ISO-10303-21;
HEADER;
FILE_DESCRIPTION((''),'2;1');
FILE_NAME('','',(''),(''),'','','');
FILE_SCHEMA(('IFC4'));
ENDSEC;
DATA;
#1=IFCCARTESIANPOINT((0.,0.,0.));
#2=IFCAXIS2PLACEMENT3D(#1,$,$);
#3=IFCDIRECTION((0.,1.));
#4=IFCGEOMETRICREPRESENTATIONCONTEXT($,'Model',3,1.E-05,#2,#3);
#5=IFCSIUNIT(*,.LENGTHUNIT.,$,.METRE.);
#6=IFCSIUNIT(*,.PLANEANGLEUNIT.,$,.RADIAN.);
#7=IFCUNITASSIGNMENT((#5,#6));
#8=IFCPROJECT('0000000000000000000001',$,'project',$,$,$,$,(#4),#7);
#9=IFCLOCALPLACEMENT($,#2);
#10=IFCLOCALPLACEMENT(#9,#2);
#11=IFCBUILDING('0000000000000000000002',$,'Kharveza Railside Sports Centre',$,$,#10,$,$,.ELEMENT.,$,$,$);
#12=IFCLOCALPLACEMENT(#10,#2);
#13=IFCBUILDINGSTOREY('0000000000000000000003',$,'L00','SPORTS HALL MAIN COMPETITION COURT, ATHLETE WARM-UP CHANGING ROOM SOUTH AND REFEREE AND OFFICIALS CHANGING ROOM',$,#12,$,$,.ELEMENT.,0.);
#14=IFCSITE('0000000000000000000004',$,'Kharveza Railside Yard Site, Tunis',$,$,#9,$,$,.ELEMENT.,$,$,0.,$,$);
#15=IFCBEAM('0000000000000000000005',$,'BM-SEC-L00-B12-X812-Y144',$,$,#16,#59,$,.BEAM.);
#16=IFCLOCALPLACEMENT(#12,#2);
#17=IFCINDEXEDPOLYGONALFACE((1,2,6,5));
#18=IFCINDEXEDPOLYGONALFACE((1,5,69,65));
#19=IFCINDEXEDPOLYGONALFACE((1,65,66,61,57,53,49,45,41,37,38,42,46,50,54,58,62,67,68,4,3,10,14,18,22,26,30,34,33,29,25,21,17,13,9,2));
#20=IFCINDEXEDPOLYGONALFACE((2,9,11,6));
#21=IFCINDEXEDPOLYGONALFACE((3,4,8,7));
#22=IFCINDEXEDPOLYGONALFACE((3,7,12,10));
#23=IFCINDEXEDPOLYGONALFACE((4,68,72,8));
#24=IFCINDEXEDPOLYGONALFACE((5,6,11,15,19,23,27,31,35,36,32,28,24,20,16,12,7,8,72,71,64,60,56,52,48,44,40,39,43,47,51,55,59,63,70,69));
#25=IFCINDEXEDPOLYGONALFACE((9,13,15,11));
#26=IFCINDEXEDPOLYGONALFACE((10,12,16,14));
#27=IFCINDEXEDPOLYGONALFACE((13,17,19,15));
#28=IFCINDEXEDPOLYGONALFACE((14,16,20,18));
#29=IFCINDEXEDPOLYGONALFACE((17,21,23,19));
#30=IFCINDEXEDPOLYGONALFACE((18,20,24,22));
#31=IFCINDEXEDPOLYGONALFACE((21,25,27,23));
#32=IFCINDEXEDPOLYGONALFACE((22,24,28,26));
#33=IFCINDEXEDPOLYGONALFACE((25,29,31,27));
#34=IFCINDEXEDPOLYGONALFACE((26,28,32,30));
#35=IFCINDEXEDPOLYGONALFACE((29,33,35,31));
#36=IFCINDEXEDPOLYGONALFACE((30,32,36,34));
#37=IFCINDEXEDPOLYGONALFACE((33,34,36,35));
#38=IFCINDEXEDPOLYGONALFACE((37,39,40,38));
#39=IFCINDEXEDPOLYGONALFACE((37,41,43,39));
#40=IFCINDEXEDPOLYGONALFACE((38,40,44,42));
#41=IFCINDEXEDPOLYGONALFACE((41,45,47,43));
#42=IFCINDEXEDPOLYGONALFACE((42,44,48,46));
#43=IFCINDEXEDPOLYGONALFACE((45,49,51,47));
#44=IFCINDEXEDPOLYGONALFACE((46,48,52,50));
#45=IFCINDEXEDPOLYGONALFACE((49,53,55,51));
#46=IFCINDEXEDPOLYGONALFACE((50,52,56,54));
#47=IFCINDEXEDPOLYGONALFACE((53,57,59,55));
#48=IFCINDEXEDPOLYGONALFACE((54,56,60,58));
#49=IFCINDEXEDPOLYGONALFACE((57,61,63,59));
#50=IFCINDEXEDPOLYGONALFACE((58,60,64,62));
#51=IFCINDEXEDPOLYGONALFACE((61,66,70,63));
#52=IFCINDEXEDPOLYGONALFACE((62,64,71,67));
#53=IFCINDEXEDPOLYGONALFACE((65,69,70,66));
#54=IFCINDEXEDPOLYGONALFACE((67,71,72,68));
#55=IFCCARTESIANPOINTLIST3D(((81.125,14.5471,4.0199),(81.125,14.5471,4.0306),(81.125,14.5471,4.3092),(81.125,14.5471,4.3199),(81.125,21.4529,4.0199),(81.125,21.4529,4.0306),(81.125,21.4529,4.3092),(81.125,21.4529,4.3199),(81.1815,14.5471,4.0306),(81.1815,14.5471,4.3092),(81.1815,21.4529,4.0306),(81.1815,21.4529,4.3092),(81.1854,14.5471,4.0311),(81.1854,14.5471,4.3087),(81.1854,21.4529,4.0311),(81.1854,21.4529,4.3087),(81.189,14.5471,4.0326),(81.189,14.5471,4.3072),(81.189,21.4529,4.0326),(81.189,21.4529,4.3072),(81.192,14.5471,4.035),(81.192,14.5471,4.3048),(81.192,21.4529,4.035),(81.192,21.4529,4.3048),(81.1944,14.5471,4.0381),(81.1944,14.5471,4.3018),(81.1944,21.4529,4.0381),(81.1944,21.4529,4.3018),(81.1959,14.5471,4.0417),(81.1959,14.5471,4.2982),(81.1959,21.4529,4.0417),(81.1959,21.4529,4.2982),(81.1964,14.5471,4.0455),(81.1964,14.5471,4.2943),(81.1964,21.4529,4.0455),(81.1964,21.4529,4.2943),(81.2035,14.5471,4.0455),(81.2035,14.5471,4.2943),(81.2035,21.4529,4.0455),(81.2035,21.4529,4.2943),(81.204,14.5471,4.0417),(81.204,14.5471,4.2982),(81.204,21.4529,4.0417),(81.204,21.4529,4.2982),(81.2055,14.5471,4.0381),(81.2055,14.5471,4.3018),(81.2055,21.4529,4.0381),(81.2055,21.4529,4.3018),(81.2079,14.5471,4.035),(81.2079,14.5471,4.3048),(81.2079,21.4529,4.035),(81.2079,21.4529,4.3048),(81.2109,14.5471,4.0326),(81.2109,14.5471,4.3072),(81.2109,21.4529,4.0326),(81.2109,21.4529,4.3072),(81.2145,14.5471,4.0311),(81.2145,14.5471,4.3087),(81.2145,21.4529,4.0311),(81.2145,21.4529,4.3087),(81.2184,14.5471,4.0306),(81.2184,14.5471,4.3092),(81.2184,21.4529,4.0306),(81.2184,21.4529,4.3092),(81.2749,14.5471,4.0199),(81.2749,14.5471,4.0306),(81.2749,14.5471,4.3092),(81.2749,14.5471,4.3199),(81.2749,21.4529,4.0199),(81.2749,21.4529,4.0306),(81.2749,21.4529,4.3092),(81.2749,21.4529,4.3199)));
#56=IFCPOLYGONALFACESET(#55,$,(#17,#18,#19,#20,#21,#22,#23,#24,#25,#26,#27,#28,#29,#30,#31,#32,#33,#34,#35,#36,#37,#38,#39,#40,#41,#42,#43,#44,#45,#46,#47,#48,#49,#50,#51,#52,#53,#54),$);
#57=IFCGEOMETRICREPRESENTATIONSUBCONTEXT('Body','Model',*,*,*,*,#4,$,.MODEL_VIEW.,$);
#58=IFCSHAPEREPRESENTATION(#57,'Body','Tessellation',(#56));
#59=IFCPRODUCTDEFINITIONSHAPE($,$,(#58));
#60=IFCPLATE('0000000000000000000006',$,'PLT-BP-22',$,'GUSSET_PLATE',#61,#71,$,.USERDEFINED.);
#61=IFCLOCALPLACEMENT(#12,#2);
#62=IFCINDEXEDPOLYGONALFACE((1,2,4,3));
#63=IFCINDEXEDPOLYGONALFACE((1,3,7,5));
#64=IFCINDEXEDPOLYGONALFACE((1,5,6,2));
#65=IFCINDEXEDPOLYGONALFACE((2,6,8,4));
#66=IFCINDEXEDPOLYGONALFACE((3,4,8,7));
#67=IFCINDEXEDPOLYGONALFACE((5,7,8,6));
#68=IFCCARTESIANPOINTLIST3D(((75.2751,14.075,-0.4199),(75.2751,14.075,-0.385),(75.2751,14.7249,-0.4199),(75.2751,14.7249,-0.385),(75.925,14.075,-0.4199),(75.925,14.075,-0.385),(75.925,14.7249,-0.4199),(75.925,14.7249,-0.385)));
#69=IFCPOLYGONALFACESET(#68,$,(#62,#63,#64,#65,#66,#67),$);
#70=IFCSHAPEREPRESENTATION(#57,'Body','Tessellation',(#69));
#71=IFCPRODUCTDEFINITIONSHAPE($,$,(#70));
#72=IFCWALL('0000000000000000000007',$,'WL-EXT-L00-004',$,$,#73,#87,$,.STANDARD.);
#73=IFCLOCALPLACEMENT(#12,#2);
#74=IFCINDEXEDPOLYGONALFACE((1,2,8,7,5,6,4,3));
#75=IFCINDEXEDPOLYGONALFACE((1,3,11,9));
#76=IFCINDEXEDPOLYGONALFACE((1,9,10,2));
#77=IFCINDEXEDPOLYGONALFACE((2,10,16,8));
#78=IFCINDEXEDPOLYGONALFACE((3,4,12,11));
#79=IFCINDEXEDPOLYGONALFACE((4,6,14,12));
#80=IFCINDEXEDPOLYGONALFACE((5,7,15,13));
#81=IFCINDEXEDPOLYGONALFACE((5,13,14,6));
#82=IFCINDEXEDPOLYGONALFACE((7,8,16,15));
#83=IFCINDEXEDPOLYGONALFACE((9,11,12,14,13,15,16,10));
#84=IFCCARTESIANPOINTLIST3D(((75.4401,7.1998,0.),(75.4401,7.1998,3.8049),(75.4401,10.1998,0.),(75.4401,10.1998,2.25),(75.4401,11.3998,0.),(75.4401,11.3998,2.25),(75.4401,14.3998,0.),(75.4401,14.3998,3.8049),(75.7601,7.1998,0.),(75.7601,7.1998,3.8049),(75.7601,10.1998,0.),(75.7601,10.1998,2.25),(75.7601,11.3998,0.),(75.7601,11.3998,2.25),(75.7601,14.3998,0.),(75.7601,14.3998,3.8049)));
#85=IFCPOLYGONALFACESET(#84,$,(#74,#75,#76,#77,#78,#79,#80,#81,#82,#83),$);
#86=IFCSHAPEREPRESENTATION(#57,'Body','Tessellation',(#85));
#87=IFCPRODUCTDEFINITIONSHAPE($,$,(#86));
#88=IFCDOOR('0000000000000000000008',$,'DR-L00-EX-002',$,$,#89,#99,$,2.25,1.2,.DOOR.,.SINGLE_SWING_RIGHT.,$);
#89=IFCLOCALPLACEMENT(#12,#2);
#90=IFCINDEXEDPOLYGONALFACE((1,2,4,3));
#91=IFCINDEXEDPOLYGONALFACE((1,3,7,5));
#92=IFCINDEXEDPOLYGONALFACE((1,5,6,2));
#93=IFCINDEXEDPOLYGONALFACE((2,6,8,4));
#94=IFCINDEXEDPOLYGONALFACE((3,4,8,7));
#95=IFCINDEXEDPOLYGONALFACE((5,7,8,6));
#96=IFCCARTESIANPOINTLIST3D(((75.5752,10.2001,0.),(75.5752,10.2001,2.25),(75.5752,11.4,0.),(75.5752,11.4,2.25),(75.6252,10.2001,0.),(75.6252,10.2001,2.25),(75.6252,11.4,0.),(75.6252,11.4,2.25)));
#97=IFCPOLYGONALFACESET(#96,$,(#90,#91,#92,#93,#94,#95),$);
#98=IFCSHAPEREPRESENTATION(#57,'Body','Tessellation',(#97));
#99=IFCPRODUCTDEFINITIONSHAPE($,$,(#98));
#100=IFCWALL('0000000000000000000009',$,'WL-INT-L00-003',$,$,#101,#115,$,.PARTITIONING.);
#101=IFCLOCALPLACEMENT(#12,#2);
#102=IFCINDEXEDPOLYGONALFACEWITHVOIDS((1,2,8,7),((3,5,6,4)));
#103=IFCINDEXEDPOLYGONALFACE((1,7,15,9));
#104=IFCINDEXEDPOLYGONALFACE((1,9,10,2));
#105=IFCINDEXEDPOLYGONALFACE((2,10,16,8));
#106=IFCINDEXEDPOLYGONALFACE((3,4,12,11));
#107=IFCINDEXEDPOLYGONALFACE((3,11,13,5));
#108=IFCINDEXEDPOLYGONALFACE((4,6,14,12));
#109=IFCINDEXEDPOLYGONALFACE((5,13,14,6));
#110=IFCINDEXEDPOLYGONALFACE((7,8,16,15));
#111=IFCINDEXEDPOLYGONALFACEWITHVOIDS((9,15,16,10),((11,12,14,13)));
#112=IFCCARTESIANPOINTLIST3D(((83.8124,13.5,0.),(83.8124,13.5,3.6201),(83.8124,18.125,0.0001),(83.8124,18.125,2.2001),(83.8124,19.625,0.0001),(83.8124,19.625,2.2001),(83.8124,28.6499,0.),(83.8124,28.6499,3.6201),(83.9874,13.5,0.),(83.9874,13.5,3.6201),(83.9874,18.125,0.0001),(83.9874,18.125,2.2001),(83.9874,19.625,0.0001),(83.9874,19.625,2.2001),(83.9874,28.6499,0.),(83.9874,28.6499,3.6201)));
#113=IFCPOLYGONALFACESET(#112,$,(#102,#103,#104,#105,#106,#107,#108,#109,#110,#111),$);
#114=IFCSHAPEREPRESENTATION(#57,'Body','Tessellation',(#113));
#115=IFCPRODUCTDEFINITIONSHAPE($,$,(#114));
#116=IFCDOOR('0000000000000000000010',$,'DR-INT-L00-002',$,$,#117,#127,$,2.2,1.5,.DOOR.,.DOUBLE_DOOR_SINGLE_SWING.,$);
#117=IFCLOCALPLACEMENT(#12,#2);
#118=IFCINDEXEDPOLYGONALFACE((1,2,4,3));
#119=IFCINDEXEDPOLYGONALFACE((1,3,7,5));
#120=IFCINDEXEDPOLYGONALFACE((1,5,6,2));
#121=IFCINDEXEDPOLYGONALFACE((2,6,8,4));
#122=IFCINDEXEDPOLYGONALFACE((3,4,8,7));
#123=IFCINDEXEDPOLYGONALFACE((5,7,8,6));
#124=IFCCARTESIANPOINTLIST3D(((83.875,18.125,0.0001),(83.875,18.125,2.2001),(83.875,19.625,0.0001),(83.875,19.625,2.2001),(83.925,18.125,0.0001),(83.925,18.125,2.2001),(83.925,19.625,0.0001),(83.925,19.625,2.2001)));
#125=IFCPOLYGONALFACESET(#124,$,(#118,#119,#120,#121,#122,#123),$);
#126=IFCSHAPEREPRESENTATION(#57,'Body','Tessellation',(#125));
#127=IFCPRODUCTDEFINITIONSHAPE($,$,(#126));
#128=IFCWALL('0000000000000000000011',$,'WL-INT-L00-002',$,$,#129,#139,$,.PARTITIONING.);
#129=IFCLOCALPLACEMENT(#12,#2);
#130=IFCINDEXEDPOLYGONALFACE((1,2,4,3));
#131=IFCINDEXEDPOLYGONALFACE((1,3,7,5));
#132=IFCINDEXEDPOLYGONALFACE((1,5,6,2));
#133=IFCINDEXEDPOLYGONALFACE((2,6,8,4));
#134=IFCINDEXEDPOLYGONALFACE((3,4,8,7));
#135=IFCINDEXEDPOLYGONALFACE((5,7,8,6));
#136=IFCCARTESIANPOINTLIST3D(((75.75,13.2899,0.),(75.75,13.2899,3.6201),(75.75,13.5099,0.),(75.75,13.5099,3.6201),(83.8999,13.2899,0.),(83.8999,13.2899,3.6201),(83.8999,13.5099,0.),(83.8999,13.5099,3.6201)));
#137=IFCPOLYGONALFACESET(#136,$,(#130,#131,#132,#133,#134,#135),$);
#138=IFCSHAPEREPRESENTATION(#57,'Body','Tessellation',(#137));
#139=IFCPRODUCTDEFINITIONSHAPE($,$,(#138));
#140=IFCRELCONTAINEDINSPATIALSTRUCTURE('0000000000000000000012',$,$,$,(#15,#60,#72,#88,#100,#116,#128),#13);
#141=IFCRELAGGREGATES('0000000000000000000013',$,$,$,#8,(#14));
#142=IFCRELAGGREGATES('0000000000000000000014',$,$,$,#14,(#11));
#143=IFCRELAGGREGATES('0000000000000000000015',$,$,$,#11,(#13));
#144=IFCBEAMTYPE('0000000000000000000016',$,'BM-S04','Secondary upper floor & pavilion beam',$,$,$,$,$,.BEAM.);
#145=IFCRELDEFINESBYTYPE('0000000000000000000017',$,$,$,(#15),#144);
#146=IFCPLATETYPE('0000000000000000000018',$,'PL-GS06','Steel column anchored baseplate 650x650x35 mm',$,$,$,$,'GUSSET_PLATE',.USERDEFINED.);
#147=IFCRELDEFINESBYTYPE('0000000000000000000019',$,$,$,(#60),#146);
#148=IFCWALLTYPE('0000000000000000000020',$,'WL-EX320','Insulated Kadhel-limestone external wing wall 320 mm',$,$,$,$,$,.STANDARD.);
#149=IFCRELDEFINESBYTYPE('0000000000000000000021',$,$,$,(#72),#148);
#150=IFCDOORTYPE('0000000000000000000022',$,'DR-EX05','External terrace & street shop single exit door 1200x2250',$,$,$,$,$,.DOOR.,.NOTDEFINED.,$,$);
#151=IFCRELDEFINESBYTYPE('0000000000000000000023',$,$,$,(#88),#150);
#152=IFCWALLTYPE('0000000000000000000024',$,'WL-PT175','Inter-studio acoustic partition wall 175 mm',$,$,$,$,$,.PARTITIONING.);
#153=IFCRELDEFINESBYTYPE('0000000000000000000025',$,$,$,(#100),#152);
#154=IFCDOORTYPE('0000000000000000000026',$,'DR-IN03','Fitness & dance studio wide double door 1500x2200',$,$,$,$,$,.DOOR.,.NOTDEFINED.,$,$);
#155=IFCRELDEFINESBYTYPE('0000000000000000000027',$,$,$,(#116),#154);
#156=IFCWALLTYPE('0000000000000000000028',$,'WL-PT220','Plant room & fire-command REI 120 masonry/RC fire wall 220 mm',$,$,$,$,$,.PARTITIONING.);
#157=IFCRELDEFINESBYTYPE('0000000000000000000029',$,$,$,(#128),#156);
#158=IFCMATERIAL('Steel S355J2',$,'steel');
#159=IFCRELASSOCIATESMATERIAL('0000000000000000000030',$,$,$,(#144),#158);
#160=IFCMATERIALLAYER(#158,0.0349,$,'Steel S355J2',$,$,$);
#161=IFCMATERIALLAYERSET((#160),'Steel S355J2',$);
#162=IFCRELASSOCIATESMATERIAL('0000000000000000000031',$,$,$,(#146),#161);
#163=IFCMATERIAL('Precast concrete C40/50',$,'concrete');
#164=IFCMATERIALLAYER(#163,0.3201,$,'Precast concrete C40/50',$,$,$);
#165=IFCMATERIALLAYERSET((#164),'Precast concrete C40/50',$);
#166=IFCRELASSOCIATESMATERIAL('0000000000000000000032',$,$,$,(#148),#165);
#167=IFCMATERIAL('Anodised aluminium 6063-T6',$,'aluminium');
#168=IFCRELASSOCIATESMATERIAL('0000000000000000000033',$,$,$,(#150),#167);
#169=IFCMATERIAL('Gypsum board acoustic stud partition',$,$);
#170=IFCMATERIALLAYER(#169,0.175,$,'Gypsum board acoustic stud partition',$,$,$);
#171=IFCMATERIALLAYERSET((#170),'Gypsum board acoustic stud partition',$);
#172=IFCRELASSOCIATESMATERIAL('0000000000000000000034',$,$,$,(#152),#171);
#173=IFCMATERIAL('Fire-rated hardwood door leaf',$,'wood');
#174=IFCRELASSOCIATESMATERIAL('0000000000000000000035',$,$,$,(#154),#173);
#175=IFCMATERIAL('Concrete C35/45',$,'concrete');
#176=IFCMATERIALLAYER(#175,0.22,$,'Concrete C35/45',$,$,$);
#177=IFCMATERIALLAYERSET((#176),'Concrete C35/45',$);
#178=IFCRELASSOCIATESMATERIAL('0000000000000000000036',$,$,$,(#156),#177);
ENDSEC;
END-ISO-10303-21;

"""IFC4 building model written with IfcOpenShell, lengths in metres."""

from ifc_helpers import new_model, si_unit, direction, frame, frame_2d, origin, origin_2d, place, context, subcontext, project, spatial, rectangle, i_section, extrude, material, layer, layer_set, material_profile, profile_set, type_object, element, fill, save


model = new_model("IFC4")

# Units and contexts
model_context = context("Model", 3, precision=1e-05, world=origin(), true_north=direction((0.0, 1.0)))
body_context = subcontext(model_context, "Body", "Model", "MODEL_VIEW")
ifc_project = project(units=[si_unit("LENGTHUNIT", "METRE"), si_unit("PLANEANGLEUNIT", "RADIAN")], contexts=[model_context])

# Site, building, storey
site_placement = place(None, origin())
site = spatial("IfcSite", under=ifc_project, at=site_placement, Name="Kharveza Railside Yard Site, Tunis", CompositionType="ELEMENT", RefElevation=0.0)
building_placement = place(site_placement, origin())
building = spatial("IfcBuilding", under=site, at=building_placement, Name="Kharveza Railside Sports Centre", CompositionType="ELEMENT")
storey_placement = place(building_placement, origin())
storey = spatial("IfcBuildingStorey", under=building, at=storey_placement, Name="L00", Description="SPORTS HALL MAIN COMPETITION COURT, ATHLETE WARM-UP CHANGING ROOM SOUTH AND REFEREE AND OFFICIALS CHANGING ROOM", CompositionType="ELEMENT", Elevation=0.0)

# Shared definitions
ifc_material_1 = material(Name="Concrete C35/45", Category="concrete")

# Shared definitions
ifc_material_2 = material(Name="Steel S355J2", Category="steel")

# Beam
ifc_material_profile_1 = material_profile(ifc_material_2, i_section(OverallWidth=0.1499, OverallDepth=0.3, WebThickness=0.0071, FlangeThickness=0.0107, FilletRadius=0.0149, at=origin_2d()), Name="IPE 300")
ifc_profile_set_1 = profile_set([ifc_material_profile_1], Name="Steel S355J2")
beam_type_1 = type_object("IfcBeamType", Name="BM-S04", Description="Secondary upper floor & pavilion beam", PredefinedType="BEAM", material=ifc_profile_set_1)
beam_1_placement = place(storey_placement, frame((81.2, 14.5471, 4.1699), z_axis=(0.0, 1.0, 0.0), x_axis=(-1.0, 0.0, 0.0)))
element("IfcBeam", 1, at=beam_1_placement, inside=storey, type_object=beam_type_1, Name="BM-SEC-L00-B12-X812-Y144", PredefinedType="BEAM", context=body_context, shape_type="SweptSolid", body=[
    extrude(i_section(OverallWidth=0.1499, OverallDepth=0.3, WebThickness=0.0071, FlangeThickness=0.0107, FilletRadius=0.0149, at=origin_2d()), origin(), (0.0, 0.0, 1.0), 6.9058),
])

# Plate
ifc_layer_1 = layer(ifc_material_2, 0.0349, Name="Steel S355J2")
ifc_layer_set_1 = layer_set([ifc_layer_1], Name="Steel S355J2")
plate_type = type_object("IfcPlateType", Name="PL-GS06", Description="Steel column anchored baseplate 650x650x35 mm", ElementType="GUSSET_PLATE", PredefinedType="USERDEFINED", material=ifc_layer_set_1)
plate_placement = place(storey_placement, frame((75.6001, 14.3999, -0.4199), z_axis=(0.0, 0.0, 1.0), x_axis=(1.0, 0.0, 0.0)))
element("IfcPlate", 2, at=plate_placement, inside=storey, type_object=plate_type, Name="PLT-BP-22", ObjectType="GUSSET_PLATE", PredefinedType="USERDEFINED", context=body_context, shape_type="SweptSolid", body=[
    extrude(rectangle(XDim=0.6499, YDim=0.6499, at=origin_2d()), origin(), (0.0, 0.0, 1.0), 0.0349),
])

# Walls, openings, doors
ifc_material_3 = material(Name="Precast concrete C40/50", Category="concrete")
ifc_layer_2 = layer(ifc_material_3, 0.3201, Name="Precast concrete C40/50")
ifc_layer_set_2 = layer_set([ifc_layer_2], Name="Precast concrete C40/50")
wall_type_1 = type_object("IfcWallType", Name="WL-EX320", Description="Insulated Kadhel-limestone external wing wall 320 mm", PredefinedType="STANDARD", material=ifc_layer_set_2)
wall_1_placement = place(storey_placement, frame((75.6001, 14.3999, 0.0), z_axis=(0.0, 0.0, 1.0), x_axis=(0.0, -1.0, 0.0)))
wall_1 = element("IfcWall", 3, at=wall_1_placement, inside=storey, type_object=wall_type_1, Name="WL-EXT-L00-004", PredefinedType="STANDARD", context=body_context, shape_type="SweptSolid", body=[
    extrude(rectangle(XDim=7.2, YDim=0.3201, at=frame_2d((3.6001, 0.0))), origin(), (0.0, 0.0, 1.0), 3.8049),
])
opening_1_placement = place(wall_1_placement, frame((3.0, 0.0, 0.0)))
opening_1 = element("IfcOpeningElement", 4, at=opening_1_placement, cuts=wall_1, PredefinedType="OPENING", context=body_context, shape_type="SweptSolid", body=[
    extrude(rectangle(XDim=1.2, YDim=2.25, at=frame_2d((0.6001, 1.125))), frame((0.0, 0.1851, 0.0), z_axis=(0.0, -1.0, 0.0), x_axis=(1.0, 0.0, 0.0)), (0.0, 0.0, 1.0), 0.3699),
])
ifc_material_4 = material(Name="Anodised aluminium 6063-T6", Category="aluminium")
door_type_1 = type_object("IfcDoorType", Name="DR-EX05", Description="External terrace & street shop single exit door 1200x2250", OperationType="NOTDEFINED", PredefinedType="DOOR", material=ifc_material_4)
door_1_placement = place(opening_1_placement, frame((1.2, 0.0, 0.0), z_axis=(0.0, 0.0, 1.0), x_axis=(-1.0, 0.0, 0.0)))
door_1 = element("IfcDoor", 5, at=door_1_placement, inside=storey, type_object=door_type_1, Name="DR-L00-EX-002", OperationType="SINGLE_SWING_RIGHT", OverallHeight=2.25, OverallWidth=1.2, PredefinedType="DOOR", context=body_context, shape_type="SweptSolid", body=[
    extrude(rectangle(XDim=1.2, YDim=2.25, at=frame_2d((0.6001, 1.125))), frame((0.0, 0.0249, 0.0), z_axis=(0.0, -1.0, 0.0), x_axis=(1.0, 0.0, 0.0)), (0.0, 0.0, 1.0), 0.05),
])
fill(opening_1, door_1)
ifc_material_5 = material(Name="Gypsum board acoustic stud partition")
ifc_layer_3 = layer(ifc_material_5, 0.175, Name="Gypsum board acoustic stud partition")
ifc_layer_set_3 = layer_set([ifc_layer_3], Name="Gypsum board acoustic stud partition")
wall_type_2 = type_object("IfcWallType", Name="WL-PT175", Description="Inter-studio acoustic partition wall 175 mm", PredefinedType="PARTITIONING", material=ifc_layer_set_3)
wall_2_placement = place(storey_placement, frame((83.8999, 13.5, 0.0), z_axis=(0.0, 0.0, 1.0), x_axis=(0.0, 1.0, 0.0)))
wall_2 = element("IfcWall", 6, at=wall_2_placement, inside=storey, type_object=wall_type_2, Name="WL-INT-L00-003", PredefinedType="PARTITIONING", context=body_context, shape_type="SweptSolid", body=[
    extrude(rectangle(XDim=15.1499, YDim=0.175, at=frame_2d((7.575, 0.0))), origin(), (0.0, 0.0, 1.0), 3.6201),
])
opening_2_placement = place(wall_2_placement, frame((4.625, 0.0, 0.0)))
opening_2 = element("IfcOpeningElement", 7, at=opening_2_placement, cuts=wall_2, PredefinedType="OPENING", context=body_context, shape_type="SweptSolid", body=[
    extrude(rectangle(XDim=1.5, YDim=2.2, at=frame_2d((0.75, 1.1001))), frame((0.0, 0.1123, 0.0), z_axis=(0.0, -1.0, 0.0), x_axis=(1.0, 0.0, 0.0)), (0.0, 0.0, 1.0), 0.2249),
])
ifc_material_6 = material(Name="Fire-rated hardwood door leaf", Category="wood")
door_type_2 = type_object("IfcDoorType", Name="DR-IN03", Description="Fitness & dance studio wide double door 1500x2200", OperationType="NOTDEFINED", PredefinedType="DOOR", material=ifc_material_6)
door_2_placement = place(opening_2_placement, origin())
door_2 = element("IfcDoor", 8, at=door_2_placement, inside=storey, type_object=door_type_2, Name="DR-INT-L00-002", OperationType="DOUBLE_DOOR_SINGLE_SWING", OverallHeight=2.2, OverallWidth=1.5, PredefinedType="DOOR", context=body_context, shape_type="SweptSolid", body=[
    extrude(rectangle(XDim=1.5, YDim=2.2, at=frame_2d((0.75, 1.1001))), frame((0.0, 0.0249, 0.0), z_axis=(0.0, -1.0, 0.0), x_axis=(1.0, 0.0, 0.0)), (0.0, 0.0, 1.0), 0.05),
])
fill(opening_2, door_2)

# Wall
ifc_layer_4 = layer(ifc_material_1, 0.22, Name="Concrete C35/45")
ifc_layer_set_4 = layer_set([ifc_layer_4], Name="Concrete C35/45")
wall_type_3 = type_object("IfcWallType", Name="WL-PT220", Description="Plant room & fire-command REI 120 masonry/RC fire wall 220 mm", PredefinedType="PARTITIONING", material=ifc_layer_set_4)
wall_3_placement = place(storey_placement, frame((75.75, 13.3999, 0.0), z_axis=(0.0, 0.0, 1.0), x_axis=(1.0, 0.0, 0.0)))
element("IfcWall", 9, at=wall_3_placement, inside=storey, type_object=wall_type_3, Name="WL-INT-L00-002", PredefinedType="PARTITIONING", context=body_context, shape_type="SweptSolid", body=[
    extrude(rectangle(XDim=8.1499, YDim=0.22, at=frame_2d((4.075, 0.0))), origin(), (0.0, 0.0, 1.0), 3.6201),
])

save(model, "model.ifc")
